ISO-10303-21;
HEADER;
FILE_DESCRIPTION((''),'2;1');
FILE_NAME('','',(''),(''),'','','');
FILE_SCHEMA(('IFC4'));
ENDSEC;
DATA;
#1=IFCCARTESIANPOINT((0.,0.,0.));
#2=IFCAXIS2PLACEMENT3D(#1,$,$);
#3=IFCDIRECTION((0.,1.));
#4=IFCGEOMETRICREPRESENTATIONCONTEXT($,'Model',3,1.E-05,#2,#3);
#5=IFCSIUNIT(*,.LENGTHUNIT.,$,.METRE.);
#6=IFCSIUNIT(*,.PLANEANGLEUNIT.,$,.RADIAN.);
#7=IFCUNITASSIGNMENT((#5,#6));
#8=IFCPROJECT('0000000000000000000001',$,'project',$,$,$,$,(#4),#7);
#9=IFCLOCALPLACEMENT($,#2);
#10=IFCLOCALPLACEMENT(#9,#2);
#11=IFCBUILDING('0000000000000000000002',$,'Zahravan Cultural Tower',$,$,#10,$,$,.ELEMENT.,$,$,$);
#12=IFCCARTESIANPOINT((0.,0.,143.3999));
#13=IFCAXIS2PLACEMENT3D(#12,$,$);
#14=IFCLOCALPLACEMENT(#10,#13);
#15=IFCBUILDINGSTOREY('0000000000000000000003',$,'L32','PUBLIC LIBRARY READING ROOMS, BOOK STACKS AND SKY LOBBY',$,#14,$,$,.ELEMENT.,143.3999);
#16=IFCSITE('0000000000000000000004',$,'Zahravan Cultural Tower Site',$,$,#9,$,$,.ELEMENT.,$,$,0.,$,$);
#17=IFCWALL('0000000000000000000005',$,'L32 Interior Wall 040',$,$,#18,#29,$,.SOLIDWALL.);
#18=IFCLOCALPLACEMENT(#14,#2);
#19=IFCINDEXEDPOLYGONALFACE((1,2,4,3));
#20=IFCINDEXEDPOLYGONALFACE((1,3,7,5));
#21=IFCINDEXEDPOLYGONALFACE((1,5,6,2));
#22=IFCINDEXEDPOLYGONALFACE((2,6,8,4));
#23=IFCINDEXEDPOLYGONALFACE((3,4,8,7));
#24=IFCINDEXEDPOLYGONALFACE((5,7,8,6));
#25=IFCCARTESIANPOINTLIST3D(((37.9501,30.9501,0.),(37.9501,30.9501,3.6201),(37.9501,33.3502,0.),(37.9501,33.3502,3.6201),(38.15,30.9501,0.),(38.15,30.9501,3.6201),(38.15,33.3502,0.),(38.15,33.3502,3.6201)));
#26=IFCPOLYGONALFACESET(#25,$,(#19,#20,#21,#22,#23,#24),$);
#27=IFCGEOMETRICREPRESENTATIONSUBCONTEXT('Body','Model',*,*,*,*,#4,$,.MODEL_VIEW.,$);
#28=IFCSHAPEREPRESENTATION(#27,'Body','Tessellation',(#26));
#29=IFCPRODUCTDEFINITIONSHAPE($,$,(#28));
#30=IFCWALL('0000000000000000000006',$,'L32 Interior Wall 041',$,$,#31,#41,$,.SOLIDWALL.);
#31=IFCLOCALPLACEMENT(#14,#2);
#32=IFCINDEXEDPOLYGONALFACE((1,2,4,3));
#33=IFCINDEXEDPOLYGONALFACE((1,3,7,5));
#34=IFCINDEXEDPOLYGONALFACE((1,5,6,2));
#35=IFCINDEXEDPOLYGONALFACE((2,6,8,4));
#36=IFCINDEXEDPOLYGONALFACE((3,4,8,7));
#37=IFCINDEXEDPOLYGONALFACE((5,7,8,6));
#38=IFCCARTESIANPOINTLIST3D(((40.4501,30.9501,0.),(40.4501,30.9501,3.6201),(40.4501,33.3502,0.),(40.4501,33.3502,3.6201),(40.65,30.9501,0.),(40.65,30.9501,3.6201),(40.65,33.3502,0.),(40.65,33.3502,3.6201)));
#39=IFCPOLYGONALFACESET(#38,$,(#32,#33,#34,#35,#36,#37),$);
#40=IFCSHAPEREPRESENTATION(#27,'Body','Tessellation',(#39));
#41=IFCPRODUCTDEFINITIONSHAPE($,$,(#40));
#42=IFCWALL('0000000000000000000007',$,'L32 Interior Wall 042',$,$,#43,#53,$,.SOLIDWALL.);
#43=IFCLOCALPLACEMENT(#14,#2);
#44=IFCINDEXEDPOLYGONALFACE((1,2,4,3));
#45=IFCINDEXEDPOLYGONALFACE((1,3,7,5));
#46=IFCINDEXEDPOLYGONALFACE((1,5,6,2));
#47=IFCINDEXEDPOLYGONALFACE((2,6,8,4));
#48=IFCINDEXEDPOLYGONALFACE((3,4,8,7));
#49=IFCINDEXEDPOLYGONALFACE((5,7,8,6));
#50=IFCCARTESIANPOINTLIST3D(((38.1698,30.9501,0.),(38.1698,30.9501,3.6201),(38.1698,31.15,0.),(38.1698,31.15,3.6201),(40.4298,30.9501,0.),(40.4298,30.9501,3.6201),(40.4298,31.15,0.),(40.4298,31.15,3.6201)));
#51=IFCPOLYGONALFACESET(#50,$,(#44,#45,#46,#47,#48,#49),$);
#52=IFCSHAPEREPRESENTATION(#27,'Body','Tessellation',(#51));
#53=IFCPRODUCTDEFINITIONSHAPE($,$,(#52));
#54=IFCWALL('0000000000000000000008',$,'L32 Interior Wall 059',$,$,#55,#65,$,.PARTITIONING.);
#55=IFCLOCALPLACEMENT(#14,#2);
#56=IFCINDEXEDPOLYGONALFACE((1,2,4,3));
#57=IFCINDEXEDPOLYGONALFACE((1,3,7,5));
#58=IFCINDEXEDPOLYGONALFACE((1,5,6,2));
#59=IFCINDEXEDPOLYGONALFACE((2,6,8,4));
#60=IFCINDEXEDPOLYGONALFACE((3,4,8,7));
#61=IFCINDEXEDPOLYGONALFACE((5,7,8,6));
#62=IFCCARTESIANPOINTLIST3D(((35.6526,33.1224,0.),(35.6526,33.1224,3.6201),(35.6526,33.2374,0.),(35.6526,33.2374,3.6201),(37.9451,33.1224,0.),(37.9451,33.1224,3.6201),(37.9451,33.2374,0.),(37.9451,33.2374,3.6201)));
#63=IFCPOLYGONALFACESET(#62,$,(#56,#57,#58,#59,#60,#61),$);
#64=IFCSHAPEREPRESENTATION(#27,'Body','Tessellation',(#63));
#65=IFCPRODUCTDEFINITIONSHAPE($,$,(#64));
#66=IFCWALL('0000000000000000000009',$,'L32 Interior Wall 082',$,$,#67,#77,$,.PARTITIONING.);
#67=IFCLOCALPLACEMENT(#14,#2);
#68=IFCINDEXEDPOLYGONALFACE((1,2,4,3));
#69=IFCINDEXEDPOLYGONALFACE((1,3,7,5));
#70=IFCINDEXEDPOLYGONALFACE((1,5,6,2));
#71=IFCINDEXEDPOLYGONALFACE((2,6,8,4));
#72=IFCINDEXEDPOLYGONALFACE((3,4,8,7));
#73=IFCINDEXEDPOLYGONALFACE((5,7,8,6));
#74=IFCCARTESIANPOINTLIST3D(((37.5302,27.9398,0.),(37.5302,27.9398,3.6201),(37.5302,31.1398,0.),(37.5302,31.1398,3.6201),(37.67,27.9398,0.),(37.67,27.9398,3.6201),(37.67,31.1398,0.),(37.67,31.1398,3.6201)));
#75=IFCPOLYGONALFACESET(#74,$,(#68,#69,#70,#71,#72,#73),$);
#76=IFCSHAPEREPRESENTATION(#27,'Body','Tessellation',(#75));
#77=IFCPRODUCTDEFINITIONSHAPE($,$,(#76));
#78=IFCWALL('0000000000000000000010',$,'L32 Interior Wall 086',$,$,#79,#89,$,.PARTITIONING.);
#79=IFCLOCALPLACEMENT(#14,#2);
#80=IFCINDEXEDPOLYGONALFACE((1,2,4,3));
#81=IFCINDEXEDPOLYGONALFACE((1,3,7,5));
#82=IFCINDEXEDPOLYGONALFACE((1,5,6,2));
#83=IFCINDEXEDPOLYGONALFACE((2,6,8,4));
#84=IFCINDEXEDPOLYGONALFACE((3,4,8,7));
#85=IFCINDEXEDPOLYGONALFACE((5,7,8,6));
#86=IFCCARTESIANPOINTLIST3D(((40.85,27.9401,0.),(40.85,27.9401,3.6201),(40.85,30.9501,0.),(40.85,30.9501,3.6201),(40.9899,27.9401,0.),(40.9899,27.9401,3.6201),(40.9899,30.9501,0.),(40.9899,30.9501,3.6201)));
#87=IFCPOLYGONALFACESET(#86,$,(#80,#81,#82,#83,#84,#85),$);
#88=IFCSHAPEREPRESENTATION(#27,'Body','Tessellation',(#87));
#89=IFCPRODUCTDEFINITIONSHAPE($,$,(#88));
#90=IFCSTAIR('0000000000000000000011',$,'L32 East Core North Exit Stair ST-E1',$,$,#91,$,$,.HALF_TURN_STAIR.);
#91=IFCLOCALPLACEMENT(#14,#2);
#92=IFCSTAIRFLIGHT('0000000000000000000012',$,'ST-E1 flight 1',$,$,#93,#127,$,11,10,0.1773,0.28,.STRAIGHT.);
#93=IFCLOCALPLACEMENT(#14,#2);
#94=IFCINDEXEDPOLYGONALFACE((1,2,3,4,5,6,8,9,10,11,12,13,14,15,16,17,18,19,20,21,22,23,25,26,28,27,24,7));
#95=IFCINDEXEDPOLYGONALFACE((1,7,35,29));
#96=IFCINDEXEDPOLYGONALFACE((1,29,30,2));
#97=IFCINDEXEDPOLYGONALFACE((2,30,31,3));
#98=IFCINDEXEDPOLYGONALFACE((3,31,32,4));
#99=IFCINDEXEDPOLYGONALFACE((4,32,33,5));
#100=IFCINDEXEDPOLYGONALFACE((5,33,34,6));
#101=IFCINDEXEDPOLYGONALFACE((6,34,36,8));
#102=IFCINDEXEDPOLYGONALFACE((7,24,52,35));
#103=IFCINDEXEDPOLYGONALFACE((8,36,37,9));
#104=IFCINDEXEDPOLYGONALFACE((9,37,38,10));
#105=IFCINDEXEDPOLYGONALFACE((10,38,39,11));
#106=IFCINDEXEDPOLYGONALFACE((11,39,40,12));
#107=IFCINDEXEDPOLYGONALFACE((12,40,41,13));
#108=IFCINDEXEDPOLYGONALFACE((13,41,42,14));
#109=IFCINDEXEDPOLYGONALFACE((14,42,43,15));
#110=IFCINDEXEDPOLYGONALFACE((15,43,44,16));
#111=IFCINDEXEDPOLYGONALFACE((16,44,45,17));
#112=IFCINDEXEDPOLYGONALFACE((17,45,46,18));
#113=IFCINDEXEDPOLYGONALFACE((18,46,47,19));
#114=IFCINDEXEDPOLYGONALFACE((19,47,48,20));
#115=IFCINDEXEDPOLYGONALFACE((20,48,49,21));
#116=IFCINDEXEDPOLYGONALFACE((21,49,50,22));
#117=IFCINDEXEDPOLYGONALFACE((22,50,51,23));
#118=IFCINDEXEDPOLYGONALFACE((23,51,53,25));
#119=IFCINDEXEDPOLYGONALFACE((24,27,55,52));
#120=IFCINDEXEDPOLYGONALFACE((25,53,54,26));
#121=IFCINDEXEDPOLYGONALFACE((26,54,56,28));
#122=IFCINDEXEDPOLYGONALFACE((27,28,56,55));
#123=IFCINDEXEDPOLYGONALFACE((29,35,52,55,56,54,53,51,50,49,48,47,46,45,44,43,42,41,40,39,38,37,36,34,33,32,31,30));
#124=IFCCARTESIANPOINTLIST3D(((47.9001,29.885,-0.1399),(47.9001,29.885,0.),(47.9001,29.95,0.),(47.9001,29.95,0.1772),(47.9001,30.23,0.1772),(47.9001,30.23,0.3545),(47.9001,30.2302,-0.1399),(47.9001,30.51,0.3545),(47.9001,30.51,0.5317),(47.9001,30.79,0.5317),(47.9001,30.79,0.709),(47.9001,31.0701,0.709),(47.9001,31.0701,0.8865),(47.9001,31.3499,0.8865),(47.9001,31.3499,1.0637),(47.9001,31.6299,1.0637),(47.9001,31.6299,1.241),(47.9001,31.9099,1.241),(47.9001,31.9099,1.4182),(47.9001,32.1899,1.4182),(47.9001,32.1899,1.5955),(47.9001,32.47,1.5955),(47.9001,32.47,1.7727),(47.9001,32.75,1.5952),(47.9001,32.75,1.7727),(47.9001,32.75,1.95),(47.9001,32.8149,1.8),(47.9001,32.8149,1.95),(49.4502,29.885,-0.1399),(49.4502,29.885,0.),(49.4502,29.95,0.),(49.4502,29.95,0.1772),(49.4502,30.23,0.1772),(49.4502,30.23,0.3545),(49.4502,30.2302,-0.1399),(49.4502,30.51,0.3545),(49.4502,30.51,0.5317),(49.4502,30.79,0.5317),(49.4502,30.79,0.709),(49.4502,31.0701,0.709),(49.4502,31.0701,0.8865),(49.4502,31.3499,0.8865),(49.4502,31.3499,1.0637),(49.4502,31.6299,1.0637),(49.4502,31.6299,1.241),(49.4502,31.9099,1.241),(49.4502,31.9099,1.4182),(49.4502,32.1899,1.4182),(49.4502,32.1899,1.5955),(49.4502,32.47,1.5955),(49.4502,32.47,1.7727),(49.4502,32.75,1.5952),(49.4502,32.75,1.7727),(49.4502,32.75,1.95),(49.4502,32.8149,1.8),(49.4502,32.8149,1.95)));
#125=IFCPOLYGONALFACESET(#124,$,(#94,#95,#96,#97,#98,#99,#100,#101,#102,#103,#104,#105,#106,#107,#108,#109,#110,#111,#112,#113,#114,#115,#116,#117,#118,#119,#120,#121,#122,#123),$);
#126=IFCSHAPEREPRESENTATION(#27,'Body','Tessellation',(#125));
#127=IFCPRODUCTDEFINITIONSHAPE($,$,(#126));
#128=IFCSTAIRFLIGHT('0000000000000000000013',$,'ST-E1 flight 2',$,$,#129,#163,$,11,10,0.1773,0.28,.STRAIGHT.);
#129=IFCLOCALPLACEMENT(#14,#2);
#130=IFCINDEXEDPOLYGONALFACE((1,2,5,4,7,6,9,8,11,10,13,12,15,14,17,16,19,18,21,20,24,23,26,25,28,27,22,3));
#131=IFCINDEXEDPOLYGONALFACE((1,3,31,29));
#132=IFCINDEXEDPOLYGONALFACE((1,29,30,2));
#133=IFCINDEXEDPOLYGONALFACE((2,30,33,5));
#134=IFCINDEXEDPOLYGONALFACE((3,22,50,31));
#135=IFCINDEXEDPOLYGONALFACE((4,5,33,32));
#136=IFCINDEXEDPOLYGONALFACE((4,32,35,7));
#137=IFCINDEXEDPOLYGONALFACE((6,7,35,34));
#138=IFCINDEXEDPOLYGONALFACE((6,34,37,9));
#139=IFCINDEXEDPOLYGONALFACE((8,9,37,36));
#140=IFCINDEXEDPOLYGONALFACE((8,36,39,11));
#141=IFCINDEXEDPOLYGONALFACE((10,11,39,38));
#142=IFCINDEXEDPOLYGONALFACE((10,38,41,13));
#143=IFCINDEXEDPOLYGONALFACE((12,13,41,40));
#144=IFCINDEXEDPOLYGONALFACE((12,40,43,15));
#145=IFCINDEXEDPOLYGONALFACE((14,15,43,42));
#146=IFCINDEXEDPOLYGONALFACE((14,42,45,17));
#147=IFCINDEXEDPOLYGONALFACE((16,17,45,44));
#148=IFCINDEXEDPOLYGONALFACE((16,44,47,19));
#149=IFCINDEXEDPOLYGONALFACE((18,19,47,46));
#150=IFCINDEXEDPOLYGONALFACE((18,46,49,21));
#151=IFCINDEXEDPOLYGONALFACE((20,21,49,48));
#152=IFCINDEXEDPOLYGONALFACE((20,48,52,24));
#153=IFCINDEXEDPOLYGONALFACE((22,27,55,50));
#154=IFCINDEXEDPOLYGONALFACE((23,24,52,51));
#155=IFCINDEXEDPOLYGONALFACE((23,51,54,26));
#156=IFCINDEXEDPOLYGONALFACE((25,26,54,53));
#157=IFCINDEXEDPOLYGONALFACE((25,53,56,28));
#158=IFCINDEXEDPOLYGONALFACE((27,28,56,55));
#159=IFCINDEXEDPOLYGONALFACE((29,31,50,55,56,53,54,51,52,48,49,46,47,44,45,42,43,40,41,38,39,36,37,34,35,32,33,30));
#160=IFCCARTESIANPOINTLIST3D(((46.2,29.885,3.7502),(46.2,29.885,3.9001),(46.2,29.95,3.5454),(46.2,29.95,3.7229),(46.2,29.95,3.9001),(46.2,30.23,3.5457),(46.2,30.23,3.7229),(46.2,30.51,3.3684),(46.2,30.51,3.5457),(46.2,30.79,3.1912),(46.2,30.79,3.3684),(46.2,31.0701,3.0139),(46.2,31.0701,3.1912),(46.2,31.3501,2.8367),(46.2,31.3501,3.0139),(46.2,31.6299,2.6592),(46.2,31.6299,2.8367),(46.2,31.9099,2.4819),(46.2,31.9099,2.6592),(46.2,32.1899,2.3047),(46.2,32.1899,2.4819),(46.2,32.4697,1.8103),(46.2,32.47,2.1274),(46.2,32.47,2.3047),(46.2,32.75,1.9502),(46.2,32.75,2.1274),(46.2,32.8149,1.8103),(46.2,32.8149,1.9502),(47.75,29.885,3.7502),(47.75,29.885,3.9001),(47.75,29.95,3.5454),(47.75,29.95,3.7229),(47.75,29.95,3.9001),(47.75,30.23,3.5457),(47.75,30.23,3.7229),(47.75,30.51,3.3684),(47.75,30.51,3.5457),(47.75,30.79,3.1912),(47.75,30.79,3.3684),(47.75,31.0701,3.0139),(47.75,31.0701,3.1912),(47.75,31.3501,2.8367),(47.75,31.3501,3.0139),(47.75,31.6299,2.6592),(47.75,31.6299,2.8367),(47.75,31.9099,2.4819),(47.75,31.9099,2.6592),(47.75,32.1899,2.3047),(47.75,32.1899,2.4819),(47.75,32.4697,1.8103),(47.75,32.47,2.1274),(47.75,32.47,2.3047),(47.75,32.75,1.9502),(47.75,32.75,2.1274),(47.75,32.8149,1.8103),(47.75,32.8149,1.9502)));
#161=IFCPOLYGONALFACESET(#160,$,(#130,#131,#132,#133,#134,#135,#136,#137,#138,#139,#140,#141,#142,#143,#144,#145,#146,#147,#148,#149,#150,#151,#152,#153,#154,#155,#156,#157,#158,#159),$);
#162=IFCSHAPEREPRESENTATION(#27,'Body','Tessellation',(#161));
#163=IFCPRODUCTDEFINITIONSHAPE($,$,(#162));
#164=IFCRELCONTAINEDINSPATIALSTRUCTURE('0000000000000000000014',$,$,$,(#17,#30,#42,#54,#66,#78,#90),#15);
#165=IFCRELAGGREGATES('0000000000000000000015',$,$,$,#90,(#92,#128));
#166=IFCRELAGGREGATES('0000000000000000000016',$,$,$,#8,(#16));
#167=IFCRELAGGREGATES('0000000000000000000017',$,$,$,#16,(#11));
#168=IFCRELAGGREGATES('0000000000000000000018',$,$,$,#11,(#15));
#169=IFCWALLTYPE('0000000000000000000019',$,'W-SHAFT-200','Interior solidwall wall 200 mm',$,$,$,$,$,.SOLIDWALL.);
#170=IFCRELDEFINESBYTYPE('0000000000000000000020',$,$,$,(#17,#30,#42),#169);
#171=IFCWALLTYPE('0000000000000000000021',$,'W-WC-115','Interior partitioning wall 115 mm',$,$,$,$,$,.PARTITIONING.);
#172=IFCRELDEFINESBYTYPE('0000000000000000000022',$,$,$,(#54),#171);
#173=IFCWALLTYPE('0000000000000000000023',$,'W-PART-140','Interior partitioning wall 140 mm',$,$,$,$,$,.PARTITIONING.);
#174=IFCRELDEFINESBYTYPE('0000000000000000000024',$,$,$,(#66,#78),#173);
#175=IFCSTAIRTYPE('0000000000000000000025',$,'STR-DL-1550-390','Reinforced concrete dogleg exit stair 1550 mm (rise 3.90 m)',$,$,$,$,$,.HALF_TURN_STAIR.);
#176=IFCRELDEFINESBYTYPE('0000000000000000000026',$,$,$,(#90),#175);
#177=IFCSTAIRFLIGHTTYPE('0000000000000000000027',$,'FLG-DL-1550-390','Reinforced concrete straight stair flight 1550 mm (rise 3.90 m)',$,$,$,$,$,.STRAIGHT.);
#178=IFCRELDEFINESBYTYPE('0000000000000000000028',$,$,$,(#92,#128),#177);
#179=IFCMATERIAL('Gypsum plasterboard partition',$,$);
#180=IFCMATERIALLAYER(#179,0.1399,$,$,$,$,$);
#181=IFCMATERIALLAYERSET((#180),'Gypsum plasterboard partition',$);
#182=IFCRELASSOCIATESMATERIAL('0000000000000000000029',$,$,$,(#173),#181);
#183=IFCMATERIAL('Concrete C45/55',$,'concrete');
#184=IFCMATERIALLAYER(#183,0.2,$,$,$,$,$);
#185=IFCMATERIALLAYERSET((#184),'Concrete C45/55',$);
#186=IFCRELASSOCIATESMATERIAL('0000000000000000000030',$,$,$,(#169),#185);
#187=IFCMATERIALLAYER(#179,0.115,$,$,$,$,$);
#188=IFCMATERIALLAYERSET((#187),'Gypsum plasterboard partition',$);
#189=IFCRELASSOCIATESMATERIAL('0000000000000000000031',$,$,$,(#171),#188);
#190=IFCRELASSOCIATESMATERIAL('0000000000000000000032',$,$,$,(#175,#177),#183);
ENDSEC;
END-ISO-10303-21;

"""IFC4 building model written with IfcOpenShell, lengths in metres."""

from ifc_helpers import new_model, si_unit, direction, frame, frame_2d, origin, place, context, subcontext, project, spatial, polyline, rectangle, outline, extrude, source, transform, mapped, material, layer, layer_set, type_object, element, aggregate, save


model = new_model("IFC4")

# Units and contexts
model_context = context("Model", 3, precision=1e-05, world=origin(), true_north=direction((0.0, 1.0)))
body_context = subcontext(model_context, "Body", "Model", "MODEL_VIEW")
ifc_project = project(units=[si_unit("LENGTHUNIT", "METRE"), si_unit("PLANEANGLEUNIT", "RADIAN")], contexts=[model_context])

# Site, building, storey
site_placement = place(None, origin())
site = spatial("IfcSite", under=ifc_project, at=site_placement, Name="Zahravan Cultural Tower Site", CompositionType="ELEMENT", RefElevation=0.0)
building_placement = place(site_placement, origin())
building = spatial("IfcBuilding", under=site, at=building_placement, Name="Zahravan Cultural Tower", CompositionType="ELEMENT")
storey_placement = place(building_placement, frame((0.0, 0.0, 143.3999)))
storey = spatial("IfcBuildingStorey", under=building, at=storey_placement, Name="L32", Description="PUBLIC LIBRARY READING ROOMS, BOOK STACKS AND SKY LOBBY", CompositionType="ELEMENT", Elevation=143.3999)

# Shared definitions
ifc_material_1 = material(Name="Gypsum plasterboard partition")
ifc_layer_1 = layer(ifc_material_1, 0.1399)
ifc_layer_set_1 = layer_set([ifc_layer_1], Name="Gypsum plasterboard partition")
wall_type_1 = type_object("IfcWallType", Name="W-PART-140", Description="Interior partitioning wall 140 mm", PredefinedType="PARTITIONING", material=ifc_layer_set_1)
ifc_material_2 = material(Name="Concrete C45/55", Category="concrete")
ifc_layer_2 = layer(ifc_material_2, 0.2)
ifc_layer_set_2 = layer_set([ifc_layer_2], Name="Concrete C45/55")
wall_type_2 = type_object("IfcWallType", Name="W-SHAFT-200", Description="Interior solidwall wall 200 mm", PredefinedType="SOLIDWALL", material=ifc_layer_set_2)
ifc_layer_3 = layer(ifc_material_1, 0.115)
ifc_layer_set_3 = layer_set([ifc_layer_3], Name="Gypsum plasterboard partition")
wall_type_3 = type_object("IfcWallType", Name="W-WC-115", Description="Interior partitioning wall 115 mm", PredefinedType="PARTITIONING", material=ifc_layer_set_3)

# Walls
shared_shape_1 = source(origin(), body_context, "Body", "SweptSolid", [
    extrude(rectangle(XDim=2.4001, YDim=0.2, at=frame_2d((1.2002, 0.0))), origin(), (0.0, 0.0, 1.0), 3.6201),
])
for number, where, z_axis, x_axis, name in (
    (1, (38.05, 30.95, 0.0), (0.0, 0.0, 1.0), (0.0, 1.0, 0.0), "L32 Interior Wall 040"),
    (2, (40.55, 30.95, 0.0), (0.0, 0.0, 1.0), (0.0, 1.0, 0.0), "L32 Interior Wall 041"),
):
    element("IfcWall", number, at=place(storey_placement, frame(where, z_axis=z_axis, x_axis=x_axis)), inside=storey, type_object=wall_type_2, Name=name, PredefinedType="SOLIDWALL", context=body_context, shape_type="MappedRepresentation", body=[
        mapped(shared_shape_1, transform((0.0, 0.0, 0.0), x_axis=(1.0, 0.0, 0.0), y_axis=(0.0, 1.0, 0.0), z_axis=(0.0, 0.0, 1.0), scale=1.0)),
    ])
shared_shape_2 = source(origin(), body_context, "Body", "SweptSolid", [
    extrude(rectangle(XDim=2.26, YDim=0.2, at=frame_2d((1.1299, 0.0))), origin(), (0.0, 0.0, 1.0), 3.6201),
])
wall_1_placement = place(storey_placement, frame((38.1699, 31.05, 0.0), z_axis=(0.0, 0.0, 1.0), x_axis=(1.0, 0.0, 0.0)))
element("IfcWall", 3, at=wall_1_placement, inside=storey, type_object=wall_type_2, Name="L32 Interior Wall 042", PredefinedType="SOLIDWALL", context=body_context, shape_type="MappedRepresentation", body=[
    mapped(shared_shape_2, transform((0.0, 0.0, 0.0), x_axis=(1.0, 0.0, 0.0), y_axis=(0.0, 1.0, 0.0), z_axis=(0.0, 0.0, 1.0), scale=1.0)),
])
shared_shape_3 = source(origin(), body_context, "Body", "SweptSolid", [
    extrude(rectangle(XDim=2.2925, YDim=0.115, at=frame_2d((1.1462, 0.0))), origin(), (0.0, 0.0, 1.0), 3.6201),
])
wall_2_placement = place(storey_placement, frame((35.6526, 33.1799, 0.0), z_axis=(0.0, 0.0, 1.0), x_axis=(1.0, 0.0, 0.0)))
element("IfcWall", 4, at=wall_2_placement, inside=storey, type_object=wall_type_3, Name="L32 Interior Wall 059", PredefinedType="PARTITIONING", context=body_context, shape_type="MappedRepresentation", body=[
    mapped(shared_shape_3, transform((0.0, 0.0, 0.0), x_axis=(1.0, 0.0, 0.0), y_axis=(0.0, 1.0, 0.0), z_axis=(0.0, 0.0, 1.0), scale=1.0)),
])
shared_shape_4 = source(origin(), body_context, "Body", "SweptSolid", [
    extrude(rectangle(XDim=3.2, YDim=0.1399, at=frame_2d((1.6001, 0.0))), origin(), (0.0, 0.0, 1.0), 3.6201),
])
wall_3_placement = place(storey_placement, frame((37.6001, 31.1399, 0.0), z_axis=(0.0, 0.0, 1.0), x_axis=(0.0, -1.0, 0.0)))
element("IfcWall", 5, at=wall_3_placement, inside=storey, type_object=wall_type_1, Name="L32 Interior Wall 082", PredefinedType="PARTITIONING", context=body_context, shape_type="MappedRepresentation", body=[
    mapped(shared_shape_4, transform((0.0, 0.0, 0.0), x_axis=(1.0, 0.0, 0.0), y_axis=(0.0, 1.0, 0.0), z_axis=(0.0, 0.0, 1.0), scale=1.0)),
])
shared_shape_5 = source(origin(), body_context, "Body", "SweptSolid", [
    extrude(rectangle(XDim=3.01, YDim=0.1399, at=frame_2d((1.5049, 0.0))), origin(), (0.0, 0.0, 1.0), 3.6201),
])
wall_4_placement = place(storey_placement, frame((40.9199, 30.95, 0.0), z_axis=(0.0, 0.0, 1.0), x_axis=(0.0, -1.0, 0.0)))
element("IfcWall", 6, at=wall_4_placement, inside=storey, type_object=wall_type_1, Name="L32 Interior Wall 086", PredefinedType="PARTITIONING", context=body_context, shape_type="MappedRepresentation", body=[
    mapped(shared_shape_5, transform((0.0, 0.0, 0.0), x_axis=(1.0, 0.0, 0.0), y_axis=(0.0, 1.0, 0.0), z_axis=(0.0, 0.0, 1.0), scale=1.0)),
])

# Stair, stair flights
stair_type = type_object("IfcStairType", Name="STR-DL-1550-390", Description="Reinforced concrete dogleg exit stair 1550 mm (rise 3.90 m)", PredefinedType="HALF_TURN_STAIR", material=ifc_material_2)
stair_placement = place(storey_placement, origin())
stair = element("IfcStair", 7, at=stair_placement, inside=storey, type_object=stair_type, Name="L32 East Core North Exit Stair ST-E1", PredefinedType="HALF_TURN_STAIR")
stair_flight_type = type_object("IfcStairFlightType", Name="FLG-DL-1550-390", Description="Reinforced concrete straight stair flight 1550 mm (rise 3.90 m)", PredefinedType="STRAIGHT", material=ifc_material_2)
stair_flight_1_placement = place(storey_placement, frame((48.675, 29.95, 0.0), z_axis=(0.0, 0.0, 1.0), x_axis=(0.0, 1.0, 0.0)))
stair_flight_1 = element("IfcStairFlight", 8, at=stair_flight_1_placement, type_object=stair_flight_type, Name="ST-E1 flight 1", NumberOfRisers=11, NumberOfTreads=10, PredefinedType="STRAIGHT", RiserHeight=0.1773, TreadLength=0.28, context=body_context, shape_type="SweptSolid", body=[
    extrude(outline(polyline([(-0.0649, -0.1399), (-0.0649, 0.0), (0.0, 0.0), (0.0, 0.1772), (0.28, 0.1772), (0.28, 0.3545), (0.5601, 0.3545), (0.5601, 0.5317), (0.8401, 0.5317), (0.8401, 0.709), (1.1201, 0.709), (1.1201, 0.8865), (1.3999, 0.8865), (1.3999, 1.0637), (1.6799, 1.0637), (1.6799, 1.241), (1.96, 1.241), (1.96, 1.4182), (2.24, 1.4182), (2.24, 1.5955), (2.52, 1.5955), (2.52, 1.7727), (2.8, 1.7727), (2.8, 1.95), (2.865, 1.95), (2.865, 1.8), (2.8, 1.5952), (0.2803, -0.1399), (-0.0649, -0.1399)])), frame((0.0, 0.7749, 0.0), z_axis=(0.0, -1.0, 0.0), x_axis=(1.0, 0.0, 0.0)), (0.0, 0.0, 1.0), 1.55),
])
stair_flight_2_placement = place(storey_placement, frame((46.9751, 32.75, 1.9502), z_axis=(0.0, 0.0, 1.0), x_axis=(0.0, -1.0, 0.0)))
stair_flight_2 = element("IfcStairFlight", 9, at=stair_flight_2_placement, type_object=stair_flight_type, Name="ST-E1 flight 2", NumberOfRisers=11, NumberOfTreads=10, PredefinedType="STRAIGHT", RiserHeight=0.1773, TreadLength=0.28, context=body_context, shape_type="SweptSolid", body=[
    extrude(outline(polyline([(-0.0649, -0.1399), (-0.0649, 0.0), (0.0, 0.0), (0.0, 0.1772), (0.28, 0.1772), (0.28, 0.3545), (0.5601, 0.3545), (0.5601, 0.5317), (0.8401, 0.5317), (0.8401, 0.709), (1.1201, 0.709), (1.1201, 0.8865), (1.3999, 0.8865), (1.3999, 1.0637), (1.6799, 1.0637), (1.6799, 1.241), (1.96, 1.241), (1.96, 1.4182), (2.24, 1.4182), (2.24, 1.5955), (2.52, 1.5955), (2.52, 1.7727), (2.8, 1.7727), (2.8, 1.95), (2.865, 1.95), (2.865, 1.8), (2.8, 1.5952), (0.2803, -0.1399), (-0.0649, -0.1399)])), frame((0.0, 0.7749, 0.0), z_axis=(0.0, -1.0, 0.0), x_axis=(1.0, 0.0, 0.0)), (0.0, 0.0, 1.0), 1.55),
])
aggregate(stair, [stair_flight_1, stair_flight_2])

save(model, "model.ifc")
